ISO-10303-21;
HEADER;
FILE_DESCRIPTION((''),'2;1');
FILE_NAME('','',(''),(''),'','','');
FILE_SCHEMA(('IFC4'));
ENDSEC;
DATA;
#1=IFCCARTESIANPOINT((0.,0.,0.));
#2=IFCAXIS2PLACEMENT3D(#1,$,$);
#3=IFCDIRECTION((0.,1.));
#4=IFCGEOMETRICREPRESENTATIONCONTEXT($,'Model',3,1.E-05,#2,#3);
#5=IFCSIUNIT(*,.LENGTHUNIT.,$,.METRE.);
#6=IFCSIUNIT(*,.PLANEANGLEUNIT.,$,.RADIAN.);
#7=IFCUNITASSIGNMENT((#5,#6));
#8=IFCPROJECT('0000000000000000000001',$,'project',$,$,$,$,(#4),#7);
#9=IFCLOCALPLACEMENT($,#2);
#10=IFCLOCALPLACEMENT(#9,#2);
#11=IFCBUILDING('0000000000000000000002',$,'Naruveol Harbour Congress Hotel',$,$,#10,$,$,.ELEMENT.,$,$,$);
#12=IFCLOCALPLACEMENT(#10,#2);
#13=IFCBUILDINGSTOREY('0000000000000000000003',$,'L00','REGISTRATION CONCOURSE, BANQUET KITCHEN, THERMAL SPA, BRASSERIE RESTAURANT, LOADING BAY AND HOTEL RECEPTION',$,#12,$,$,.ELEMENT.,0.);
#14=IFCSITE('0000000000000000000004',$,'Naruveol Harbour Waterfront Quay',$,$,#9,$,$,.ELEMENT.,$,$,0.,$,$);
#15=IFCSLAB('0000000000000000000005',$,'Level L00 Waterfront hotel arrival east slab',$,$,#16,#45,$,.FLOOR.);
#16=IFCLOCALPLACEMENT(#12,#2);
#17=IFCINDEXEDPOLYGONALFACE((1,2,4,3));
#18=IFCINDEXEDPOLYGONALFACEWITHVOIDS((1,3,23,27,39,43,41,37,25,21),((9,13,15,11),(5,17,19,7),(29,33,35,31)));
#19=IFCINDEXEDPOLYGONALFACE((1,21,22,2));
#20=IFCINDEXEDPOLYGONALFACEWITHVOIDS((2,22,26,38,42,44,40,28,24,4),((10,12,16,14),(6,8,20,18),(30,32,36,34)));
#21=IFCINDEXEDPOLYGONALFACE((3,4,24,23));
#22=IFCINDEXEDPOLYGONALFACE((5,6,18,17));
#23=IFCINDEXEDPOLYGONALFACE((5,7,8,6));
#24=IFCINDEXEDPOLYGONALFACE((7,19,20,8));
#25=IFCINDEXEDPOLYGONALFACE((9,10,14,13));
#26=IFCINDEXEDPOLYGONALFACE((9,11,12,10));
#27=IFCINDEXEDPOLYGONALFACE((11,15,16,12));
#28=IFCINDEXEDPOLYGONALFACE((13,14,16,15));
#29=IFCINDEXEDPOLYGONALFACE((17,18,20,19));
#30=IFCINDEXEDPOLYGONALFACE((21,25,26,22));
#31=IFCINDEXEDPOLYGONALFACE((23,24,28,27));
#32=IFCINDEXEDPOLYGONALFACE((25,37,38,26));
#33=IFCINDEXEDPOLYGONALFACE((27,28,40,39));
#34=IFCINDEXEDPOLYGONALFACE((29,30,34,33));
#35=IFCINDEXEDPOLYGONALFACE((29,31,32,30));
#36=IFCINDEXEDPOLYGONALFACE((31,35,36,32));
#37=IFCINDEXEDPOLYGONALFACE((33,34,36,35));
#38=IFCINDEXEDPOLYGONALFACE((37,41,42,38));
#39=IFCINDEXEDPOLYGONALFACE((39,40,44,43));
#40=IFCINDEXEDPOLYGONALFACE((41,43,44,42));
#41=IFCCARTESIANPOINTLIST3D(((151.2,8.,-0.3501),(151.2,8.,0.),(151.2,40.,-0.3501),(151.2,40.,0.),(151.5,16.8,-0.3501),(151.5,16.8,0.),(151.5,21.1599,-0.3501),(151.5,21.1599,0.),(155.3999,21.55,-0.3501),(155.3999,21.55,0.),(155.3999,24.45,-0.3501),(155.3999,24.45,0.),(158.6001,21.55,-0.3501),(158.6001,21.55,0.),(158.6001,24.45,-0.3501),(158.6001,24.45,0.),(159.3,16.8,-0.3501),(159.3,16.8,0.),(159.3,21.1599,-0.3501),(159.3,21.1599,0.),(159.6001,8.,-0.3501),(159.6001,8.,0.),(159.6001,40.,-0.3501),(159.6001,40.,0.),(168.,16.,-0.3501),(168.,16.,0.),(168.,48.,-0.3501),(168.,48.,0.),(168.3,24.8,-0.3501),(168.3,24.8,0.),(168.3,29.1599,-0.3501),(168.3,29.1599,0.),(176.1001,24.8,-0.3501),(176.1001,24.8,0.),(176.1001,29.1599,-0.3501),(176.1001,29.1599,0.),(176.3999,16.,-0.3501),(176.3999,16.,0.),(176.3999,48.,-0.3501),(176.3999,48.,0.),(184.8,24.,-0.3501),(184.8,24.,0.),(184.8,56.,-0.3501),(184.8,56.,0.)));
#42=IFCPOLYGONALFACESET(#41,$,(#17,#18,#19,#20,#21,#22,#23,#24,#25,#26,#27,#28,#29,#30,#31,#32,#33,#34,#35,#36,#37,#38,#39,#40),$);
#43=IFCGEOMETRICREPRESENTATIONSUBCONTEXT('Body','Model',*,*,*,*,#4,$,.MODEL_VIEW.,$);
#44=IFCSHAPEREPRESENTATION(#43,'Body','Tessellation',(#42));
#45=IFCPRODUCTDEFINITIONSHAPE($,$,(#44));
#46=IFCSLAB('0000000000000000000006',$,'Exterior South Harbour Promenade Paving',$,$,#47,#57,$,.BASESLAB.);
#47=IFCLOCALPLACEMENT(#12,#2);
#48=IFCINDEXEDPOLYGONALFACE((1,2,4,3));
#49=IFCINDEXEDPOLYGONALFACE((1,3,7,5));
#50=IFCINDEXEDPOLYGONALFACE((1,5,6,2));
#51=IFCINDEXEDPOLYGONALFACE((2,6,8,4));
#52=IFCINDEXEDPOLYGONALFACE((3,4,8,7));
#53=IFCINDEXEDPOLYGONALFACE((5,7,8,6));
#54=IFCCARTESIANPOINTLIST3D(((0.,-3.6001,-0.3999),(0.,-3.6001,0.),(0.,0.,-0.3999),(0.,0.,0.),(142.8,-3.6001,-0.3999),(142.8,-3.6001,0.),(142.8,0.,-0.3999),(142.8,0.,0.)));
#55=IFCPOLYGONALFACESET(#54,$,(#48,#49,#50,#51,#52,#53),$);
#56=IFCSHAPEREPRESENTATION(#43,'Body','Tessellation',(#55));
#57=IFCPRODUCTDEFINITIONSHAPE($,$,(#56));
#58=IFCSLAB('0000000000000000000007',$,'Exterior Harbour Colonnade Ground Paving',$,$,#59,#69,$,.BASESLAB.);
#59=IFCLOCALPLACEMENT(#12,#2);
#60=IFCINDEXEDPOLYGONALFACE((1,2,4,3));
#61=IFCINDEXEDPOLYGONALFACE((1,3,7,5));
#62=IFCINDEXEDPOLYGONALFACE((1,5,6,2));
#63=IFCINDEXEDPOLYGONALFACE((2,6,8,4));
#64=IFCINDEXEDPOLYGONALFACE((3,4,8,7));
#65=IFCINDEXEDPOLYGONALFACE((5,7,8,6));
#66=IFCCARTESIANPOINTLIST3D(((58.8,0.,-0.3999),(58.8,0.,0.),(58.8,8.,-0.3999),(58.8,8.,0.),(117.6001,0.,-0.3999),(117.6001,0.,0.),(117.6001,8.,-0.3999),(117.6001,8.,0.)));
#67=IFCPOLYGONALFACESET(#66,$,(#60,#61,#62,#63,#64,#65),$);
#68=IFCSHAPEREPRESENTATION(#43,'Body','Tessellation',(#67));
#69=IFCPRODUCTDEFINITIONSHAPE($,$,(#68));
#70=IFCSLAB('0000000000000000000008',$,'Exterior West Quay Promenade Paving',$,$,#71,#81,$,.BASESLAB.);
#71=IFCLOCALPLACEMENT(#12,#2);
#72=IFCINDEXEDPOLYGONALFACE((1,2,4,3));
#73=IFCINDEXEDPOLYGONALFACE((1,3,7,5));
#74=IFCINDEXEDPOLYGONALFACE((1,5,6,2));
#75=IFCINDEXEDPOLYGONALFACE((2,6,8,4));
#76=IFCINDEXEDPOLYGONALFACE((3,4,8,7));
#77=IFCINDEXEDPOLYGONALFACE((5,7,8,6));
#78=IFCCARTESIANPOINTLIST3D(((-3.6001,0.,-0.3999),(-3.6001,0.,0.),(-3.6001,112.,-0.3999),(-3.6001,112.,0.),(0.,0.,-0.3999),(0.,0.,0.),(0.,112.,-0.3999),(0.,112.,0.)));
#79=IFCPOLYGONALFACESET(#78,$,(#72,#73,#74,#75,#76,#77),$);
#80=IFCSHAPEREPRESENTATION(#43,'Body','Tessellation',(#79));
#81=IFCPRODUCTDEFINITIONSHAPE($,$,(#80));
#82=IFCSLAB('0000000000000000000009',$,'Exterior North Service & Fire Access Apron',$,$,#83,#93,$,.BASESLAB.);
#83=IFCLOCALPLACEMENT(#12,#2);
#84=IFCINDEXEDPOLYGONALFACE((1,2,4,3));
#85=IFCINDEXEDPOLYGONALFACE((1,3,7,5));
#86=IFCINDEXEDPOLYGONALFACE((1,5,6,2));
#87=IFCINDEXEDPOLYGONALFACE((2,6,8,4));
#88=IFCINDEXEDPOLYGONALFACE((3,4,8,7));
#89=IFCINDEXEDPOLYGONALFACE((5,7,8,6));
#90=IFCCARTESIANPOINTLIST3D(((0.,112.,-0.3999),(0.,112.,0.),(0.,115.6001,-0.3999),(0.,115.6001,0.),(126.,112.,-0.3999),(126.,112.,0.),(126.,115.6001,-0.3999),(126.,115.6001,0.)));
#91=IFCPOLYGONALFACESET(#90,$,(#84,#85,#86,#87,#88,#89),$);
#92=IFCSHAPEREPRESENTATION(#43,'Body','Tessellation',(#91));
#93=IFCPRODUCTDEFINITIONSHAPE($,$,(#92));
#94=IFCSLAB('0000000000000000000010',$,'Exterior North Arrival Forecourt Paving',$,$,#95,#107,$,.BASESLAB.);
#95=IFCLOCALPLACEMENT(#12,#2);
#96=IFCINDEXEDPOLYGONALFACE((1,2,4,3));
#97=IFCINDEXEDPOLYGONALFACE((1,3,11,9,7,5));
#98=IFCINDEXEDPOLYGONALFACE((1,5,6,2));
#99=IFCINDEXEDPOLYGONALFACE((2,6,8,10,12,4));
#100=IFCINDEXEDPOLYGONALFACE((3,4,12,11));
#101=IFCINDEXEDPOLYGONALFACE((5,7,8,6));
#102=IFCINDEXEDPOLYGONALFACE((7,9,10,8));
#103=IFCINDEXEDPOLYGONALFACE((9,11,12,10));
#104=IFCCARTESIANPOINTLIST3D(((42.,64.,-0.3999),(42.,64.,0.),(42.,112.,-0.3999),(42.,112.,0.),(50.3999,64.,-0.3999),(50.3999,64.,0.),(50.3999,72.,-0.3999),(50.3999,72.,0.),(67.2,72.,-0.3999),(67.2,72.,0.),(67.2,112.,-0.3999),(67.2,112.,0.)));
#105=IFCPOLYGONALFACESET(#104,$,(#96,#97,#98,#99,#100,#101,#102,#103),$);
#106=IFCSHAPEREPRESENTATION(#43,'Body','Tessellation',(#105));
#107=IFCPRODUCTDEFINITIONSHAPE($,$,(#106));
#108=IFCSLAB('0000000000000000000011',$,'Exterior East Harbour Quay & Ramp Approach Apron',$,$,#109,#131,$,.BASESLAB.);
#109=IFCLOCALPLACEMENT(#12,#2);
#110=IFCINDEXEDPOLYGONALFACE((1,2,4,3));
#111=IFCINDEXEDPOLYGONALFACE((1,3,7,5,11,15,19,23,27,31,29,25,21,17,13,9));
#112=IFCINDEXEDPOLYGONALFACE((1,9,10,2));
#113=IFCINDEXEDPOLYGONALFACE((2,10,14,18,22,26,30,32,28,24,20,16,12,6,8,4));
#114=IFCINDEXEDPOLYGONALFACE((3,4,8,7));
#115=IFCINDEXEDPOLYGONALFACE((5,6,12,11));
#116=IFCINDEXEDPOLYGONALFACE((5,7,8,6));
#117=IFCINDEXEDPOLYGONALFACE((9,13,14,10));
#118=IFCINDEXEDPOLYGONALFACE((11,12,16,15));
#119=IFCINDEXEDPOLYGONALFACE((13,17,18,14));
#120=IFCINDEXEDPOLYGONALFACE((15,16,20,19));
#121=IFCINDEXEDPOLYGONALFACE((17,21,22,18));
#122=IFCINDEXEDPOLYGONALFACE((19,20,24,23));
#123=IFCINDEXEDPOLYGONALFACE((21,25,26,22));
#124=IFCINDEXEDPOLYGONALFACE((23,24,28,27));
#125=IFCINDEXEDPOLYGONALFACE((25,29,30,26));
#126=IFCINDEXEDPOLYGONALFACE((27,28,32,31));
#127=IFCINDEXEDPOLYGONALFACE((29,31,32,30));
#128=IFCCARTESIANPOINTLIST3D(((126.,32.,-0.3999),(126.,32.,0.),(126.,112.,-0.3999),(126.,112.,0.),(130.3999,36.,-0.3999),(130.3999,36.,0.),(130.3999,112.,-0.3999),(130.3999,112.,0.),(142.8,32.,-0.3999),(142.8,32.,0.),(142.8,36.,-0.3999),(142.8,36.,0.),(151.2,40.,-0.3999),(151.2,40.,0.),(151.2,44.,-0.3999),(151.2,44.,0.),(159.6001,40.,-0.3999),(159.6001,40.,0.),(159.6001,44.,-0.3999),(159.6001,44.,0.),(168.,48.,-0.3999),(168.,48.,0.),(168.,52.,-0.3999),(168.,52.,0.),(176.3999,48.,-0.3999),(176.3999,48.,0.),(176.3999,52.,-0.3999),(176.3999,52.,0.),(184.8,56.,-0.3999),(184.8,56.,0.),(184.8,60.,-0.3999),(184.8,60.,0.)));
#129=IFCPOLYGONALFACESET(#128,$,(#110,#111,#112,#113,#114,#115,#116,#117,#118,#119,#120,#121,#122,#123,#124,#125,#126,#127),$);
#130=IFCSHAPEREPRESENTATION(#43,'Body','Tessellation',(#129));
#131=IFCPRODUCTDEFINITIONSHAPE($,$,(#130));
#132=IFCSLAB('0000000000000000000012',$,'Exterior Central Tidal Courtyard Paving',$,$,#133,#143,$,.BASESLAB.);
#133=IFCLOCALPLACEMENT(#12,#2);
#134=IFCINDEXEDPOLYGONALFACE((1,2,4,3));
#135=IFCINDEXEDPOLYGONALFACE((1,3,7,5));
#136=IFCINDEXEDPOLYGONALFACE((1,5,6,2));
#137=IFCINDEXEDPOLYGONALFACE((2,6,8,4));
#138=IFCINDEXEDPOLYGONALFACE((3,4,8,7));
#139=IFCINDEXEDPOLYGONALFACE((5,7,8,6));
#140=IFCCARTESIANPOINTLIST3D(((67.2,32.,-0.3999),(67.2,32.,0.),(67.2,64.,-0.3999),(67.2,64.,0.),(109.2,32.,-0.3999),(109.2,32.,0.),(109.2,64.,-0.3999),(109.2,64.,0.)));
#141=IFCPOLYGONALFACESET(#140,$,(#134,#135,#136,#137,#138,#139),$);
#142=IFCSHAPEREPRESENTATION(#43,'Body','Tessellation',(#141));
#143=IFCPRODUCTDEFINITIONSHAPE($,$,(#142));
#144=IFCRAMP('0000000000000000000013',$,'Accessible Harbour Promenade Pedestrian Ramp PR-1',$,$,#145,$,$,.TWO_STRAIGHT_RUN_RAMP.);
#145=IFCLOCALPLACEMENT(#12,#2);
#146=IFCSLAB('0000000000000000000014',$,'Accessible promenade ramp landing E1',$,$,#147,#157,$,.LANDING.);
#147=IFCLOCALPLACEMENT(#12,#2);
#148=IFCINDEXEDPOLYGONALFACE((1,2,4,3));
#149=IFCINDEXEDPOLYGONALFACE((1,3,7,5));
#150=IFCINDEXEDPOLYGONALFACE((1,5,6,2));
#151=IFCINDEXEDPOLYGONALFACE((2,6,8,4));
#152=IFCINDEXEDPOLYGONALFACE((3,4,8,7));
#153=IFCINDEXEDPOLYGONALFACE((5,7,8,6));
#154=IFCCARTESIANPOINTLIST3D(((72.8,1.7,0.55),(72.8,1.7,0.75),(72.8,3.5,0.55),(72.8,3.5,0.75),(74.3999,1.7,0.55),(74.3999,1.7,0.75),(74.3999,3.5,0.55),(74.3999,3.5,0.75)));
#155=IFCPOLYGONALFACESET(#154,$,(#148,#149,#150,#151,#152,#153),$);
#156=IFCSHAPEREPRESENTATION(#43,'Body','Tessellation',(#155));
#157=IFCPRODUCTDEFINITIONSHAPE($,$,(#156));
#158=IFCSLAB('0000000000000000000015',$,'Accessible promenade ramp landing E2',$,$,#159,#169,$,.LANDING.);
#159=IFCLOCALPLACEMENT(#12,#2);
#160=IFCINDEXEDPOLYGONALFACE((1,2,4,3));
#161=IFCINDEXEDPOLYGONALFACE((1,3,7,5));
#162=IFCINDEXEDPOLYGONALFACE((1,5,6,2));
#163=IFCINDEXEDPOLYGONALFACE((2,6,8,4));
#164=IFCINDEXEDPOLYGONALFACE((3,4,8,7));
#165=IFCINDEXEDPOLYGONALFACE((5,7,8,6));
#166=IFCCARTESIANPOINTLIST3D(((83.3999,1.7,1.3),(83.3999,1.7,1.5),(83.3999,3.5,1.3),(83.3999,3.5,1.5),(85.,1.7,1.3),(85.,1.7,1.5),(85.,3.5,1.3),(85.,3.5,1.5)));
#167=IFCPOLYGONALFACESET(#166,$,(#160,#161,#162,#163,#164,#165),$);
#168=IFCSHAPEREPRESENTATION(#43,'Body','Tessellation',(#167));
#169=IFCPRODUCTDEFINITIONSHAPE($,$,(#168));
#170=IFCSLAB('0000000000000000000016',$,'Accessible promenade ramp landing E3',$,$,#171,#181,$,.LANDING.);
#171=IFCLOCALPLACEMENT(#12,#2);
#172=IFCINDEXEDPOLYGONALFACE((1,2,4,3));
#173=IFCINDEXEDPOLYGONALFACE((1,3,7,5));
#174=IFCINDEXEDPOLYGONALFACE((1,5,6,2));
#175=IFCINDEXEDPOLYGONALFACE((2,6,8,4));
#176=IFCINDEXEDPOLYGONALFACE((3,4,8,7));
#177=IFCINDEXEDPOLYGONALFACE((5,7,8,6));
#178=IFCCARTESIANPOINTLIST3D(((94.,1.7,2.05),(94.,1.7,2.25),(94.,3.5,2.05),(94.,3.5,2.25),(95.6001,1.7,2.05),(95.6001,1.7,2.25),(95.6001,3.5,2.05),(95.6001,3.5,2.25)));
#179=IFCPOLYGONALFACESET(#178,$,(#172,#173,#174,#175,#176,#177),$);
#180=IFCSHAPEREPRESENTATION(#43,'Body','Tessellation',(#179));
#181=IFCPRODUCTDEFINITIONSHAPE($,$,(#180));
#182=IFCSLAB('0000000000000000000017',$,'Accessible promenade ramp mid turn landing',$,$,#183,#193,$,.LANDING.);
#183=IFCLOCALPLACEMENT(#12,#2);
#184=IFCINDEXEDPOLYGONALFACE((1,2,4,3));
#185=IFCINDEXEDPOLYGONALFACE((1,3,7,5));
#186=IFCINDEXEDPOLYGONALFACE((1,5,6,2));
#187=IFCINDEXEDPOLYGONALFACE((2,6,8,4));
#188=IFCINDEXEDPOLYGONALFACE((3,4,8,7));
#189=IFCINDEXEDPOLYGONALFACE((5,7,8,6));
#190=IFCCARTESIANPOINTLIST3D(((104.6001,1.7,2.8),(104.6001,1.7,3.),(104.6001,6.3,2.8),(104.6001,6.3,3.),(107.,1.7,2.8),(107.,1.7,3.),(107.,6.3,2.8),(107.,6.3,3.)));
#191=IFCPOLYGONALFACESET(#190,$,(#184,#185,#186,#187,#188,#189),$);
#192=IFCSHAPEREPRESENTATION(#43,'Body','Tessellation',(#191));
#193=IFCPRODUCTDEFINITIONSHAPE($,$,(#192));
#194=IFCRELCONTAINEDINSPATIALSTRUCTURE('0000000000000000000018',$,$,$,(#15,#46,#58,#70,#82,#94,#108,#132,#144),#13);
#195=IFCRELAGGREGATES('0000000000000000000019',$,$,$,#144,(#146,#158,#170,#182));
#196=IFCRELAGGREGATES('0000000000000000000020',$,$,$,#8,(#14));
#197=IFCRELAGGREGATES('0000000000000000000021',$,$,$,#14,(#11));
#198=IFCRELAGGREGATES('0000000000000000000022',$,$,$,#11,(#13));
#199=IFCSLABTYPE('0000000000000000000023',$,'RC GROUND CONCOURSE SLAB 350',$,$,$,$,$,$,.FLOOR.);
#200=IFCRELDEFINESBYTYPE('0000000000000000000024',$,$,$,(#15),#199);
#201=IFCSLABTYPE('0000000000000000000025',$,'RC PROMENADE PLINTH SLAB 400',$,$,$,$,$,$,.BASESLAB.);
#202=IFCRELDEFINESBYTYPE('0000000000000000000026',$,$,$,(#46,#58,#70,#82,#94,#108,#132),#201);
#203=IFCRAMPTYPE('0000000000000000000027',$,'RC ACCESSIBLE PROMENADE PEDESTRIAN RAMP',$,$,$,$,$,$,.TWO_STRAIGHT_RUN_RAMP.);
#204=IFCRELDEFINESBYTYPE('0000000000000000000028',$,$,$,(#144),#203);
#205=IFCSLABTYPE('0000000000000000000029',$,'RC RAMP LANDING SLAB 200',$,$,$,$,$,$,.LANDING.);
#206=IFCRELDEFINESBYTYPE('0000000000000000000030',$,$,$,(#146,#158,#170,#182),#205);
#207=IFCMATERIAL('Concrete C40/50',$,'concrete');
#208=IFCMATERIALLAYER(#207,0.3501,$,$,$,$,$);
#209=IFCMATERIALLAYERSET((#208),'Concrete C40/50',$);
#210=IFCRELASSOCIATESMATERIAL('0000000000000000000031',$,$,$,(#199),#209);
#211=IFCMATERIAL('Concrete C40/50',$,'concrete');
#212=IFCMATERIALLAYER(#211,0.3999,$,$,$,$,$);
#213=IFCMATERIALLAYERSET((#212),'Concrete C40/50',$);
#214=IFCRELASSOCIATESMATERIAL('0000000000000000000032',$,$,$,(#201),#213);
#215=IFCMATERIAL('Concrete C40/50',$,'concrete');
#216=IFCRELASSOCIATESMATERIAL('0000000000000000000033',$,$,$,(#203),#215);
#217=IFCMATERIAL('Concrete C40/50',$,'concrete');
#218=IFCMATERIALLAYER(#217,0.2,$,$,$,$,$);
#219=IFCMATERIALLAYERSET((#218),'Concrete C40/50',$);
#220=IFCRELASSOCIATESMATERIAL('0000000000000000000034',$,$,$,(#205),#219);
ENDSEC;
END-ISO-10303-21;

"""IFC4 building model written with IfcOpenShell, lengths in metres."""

from ifc_helpers import new_model, si_unit, direction, frame, origin, place, context, subcontext, project, spatial, polyline, outline, extrude, material, layer, layer_set, type_object, element, aggregate, save


model = new_model("IFC4")

# Units and contexts
model_context = context("Model", 3, precision=1e-05, world=origin(), true_north=direction((0.0, 1.0)))
body_context = subcontext(model_context, "Body", "Model", "MODEL_VIEW")
ifc_project = project(units=[si_unit("LENGTHUNIT", "METRE"), si_unit("PLANEANGLEUNIT", "RADIAN")], contexts=[model_context])

# Site, building, storey
site_placement = place(None, origin())
site = spatial("IfcSite", under=ifc_project, at=site_placement, Name="Naruveol Harbour Waterfront Quay", CompositionType="ELEMENT", RefElevation=0.0)
building_placement = place(site_placement, origin())
building = spatial("IfcBuilding", under=site, at=building_placement, Name="Naruveol Harbour Congress Hotel", CompositionType="ELEMENT")
storey_placement = place(building_placement, origin())
storey = spatial("IfcBuildingStorey", under=building, at=storey_placement, Name="L00", Description="REGISTRATION CONCOURSE, BANQUET KITCHEN, THERMAL SPA, BRASSERIE RESTAURANT, LOADING BAY AND HOTEL RECEPTION", CompositionType="ELEMENT", Elevation=0.0)

# Slabs
ifc_material_1 = material(Name="Concrete C40/50", Category="concrete")
ifc_layer_1 = layer(ifc_material_1, 0.3501)
ifc_layer_set_1 = layer_set([ifc_layer_1], Name="Concrete C40/50")
slab_type_1 = type_object("IfcSlabType", Name="RC GROUND CONCOURSE SLAB 350", PredefinedType="FLOOR", material=ifc_layer_set_1)
slab_1_placement = place(storey_placement, frame((0.0, 0.0, -0.3501)))
element("IfcSlab", 1, at=slab_1_placement, inside=storey, type_object=slab_type_1, Name="Level L00 Waterfront hotel arrival east slab", PredefinedType="FLOOR", context=body_context, shape_type="SweptSolid", body=[
    extrude(outline(polyline([(151.2, 8.0), (159.6001, 8.0), (168.0, 16.0), (176.3999, 16.0), (184.8, 24.0), (184.8, 56.0), (176.3999, 48.0), (168.0, 48.0), (159.6001, 40.0), (151.2, 40.0), (151.2, 8.0)]), holes=[polyline([(151.5, 16.8), (159.3, 16.8), (159.3, 21.1599), (151.5, 21.1599), (151.5, 16.8)]), polyline([(168.3, 24.8), (176.1001, 24.8), (176.1001, 29.1599), (168.3, 29.1599), (168.3, 24.8)]), polyline([(155.3999, 21.55), (158.6001, 21.55), (158.6001, 24.45), (155.3999, 24.45), (155.3999, 21.55)])]), origin(), (0.0, 0.0, 1.0), 0.3501),
])
ifc_material_2 = material(Name="Concrete C40/50", Category="concrete")
ifc_layer_2 = layer(ifc_material_2, 0.3999)
ifc_layer_set_2 = layer_set([ifc_layer_2], Name="Concrete C40/50")
slab_type_2 = type_object("IfcSlabType", Name="RC PROMENADE PLINTH SLAB 400", PredefinedType="BASESLAB", material=ifc_layer_set_2)
slab_2_placement = place(storey_placement, frame((0.0, 0.0, -0.3999)))
element("IfcSlab", 2, at=slab_2_placement, inside=storey, type_object=slab_type_2, Name="Exterior South Harbour Promenade Paving", PredefinedType="BASESLAB", context=body_context, shape_type="SweptSolid", body=[
    extrude(outline(polyline([(0.0, -3.6001), (142.8, -3.6001), (142.8, 0.0), (0.0, 0.0), (0.0, -3.6001)])), origin(), (0.0, 0.0, 1.0), 0.3999),
])
slab_3_placement = place(storey_placement, frame((0.0, 0.0, -0.3999)))
element("IfcSlab", 3, at=slab_3_placement, inside=storey, type_object=slab_type_2, Name="Exterior Harbour Colonnade Ground Paving", PredefinedType="BASESLAB", context=body_context, shape_type="SweptSolid", body=[
    extrude(outline(polyline([(58.8, 0.0), (117.6001, 0.0), (117.6001, 8.0), (58.8, 8.0), (58.8, 0.0)])), origin(), (0.0, 0.0, 1.0), 0.3999),
])
slab_4_placement = place(storey_placement, frame((0.0, 0.0, -0.3999)))
element("IfcSlab", 4, at=slab_4_placement, inside=storey, type_object=slab_type_2, Name="Exterior West Quay Promenade Paving", PredefinedType="BASESLAB", context=body_context, shape_type="SweptSolid", body=[
    extrude(outline(polyline([(-3.6001, 0.0), (0.0, 0.0), (0.0, 112.0), (-3.6001, 112.0), (-3.6001, 0.0)])), origin(), (0.0, 0.0, 1.0), 0.3999),
])
slab_5_placement = place(storey_placement, frame((0.0, 0.0, -0.3999)))
element("IfcSlab", 5, at=slab_5_placement, inside=storey, type_object=slab_type_2, Name="Exterior North Service & Fire Access Apron", PredefinedType="BASESLAB", context=body_context, shape_type="SweptSolid", body=[
    extrude(outline(polyline([(0.0, 112.0), (126.0, 112.0), (126.0, 115.6001), (0.0, 115.6001), (0.0, 112.0)])), origin(), (0.0, 0.0, 1.0), 0.3999),
])
slab_6_placement = place(storey_placement, frame((0.0, 0.0, -0.3999)))
element("IfcSlab", 6, at=slab_6_placement, inside=storey, type_object=slab_type_2, Name="Exterior North Arrival Forecourt Paving", PredefinedType="BASESLAB", context=body_context, shape_type="SweptSolid", body=[
    extrude(outline(polyline([(42.0, 64.0), (50.3999, 64.0), (50.3999, 72.0), (67.2, 72.0), (67.2, 112.0), (42.0, 112.0), (42.0, 64.0)])), origin(), (0.0, 0.0, 1.0), 0.3999),
])
slab_7_placement = place(storey_placement, frame((0.0, 0.0, -0.3999)))
element("IfcSlab", 7, at=slab_7_placement, inside=storey, type_object=slab_type_2, Name="Exterior East Harbour Quay & Ramp Approach Apron", PredefinedType="BASESLAB", context=body_context, shape_type="SweptSolid", body=[
    extrude(outline(polyline([(126.0, 32.0), (142.8, 32.0), (151.2, 40.0), (159.6001, 40.0), (168.0, 48.0), (176.3999, 48.0), (184.8, 56.0), (184.8, 60.0), (176.3999, 52.0), (168.0, 52.0), (159.6001, 44.0), (151.2, 44.0), (142.8, 36.0), (130.3999, 36.0), (130.3999, 112.0), (126.0, 112.0), (126.0, 32.0)])), origin(), (0.0, 0.0, 1.0), 0.3999),
])
slab_8_placement = place(storey_placement, frame((0.0, 0.0, -0.3999)))
element("IfcSlab", 8, at=slab_8_placement, inside=storey, type_object=slab_type_2, Name="Exterior Central Tidal Courtyard Paving", PredefinedType="BASESLAB", context=body_context, shape_type="SweptSolid", body=[
    extrude(outline(polyline([(67.2, 32.0), (109.2, 32.0), (109.2, 64.0), (67.2, 64.0), (67.2, 32.0)])), origin(), (0.0, 0.0, 1.0), 0.3999),
])

# Ramp, slabs
ifc_material_3 = material(Name="Concrete C40/50", Category="concrete")
ramp_type = type_object("IfcRampType", Name="RC ACCESSIBLE PROMENADE PEDESTRIAN RAMP", PredefinedType="TWO_STRAIGHT_RUN_RAMP", material=ifc_material_3)
ramp_placement = place(storey_placement, origin())
ramp = element("IfcRamp", 9, at=ramp_placement, inside=storey, type_object=ramp_type, Name="Accessible Harbour Promenade Pedestrian Ramp PR-1", PredefinedType="TWO_STRAIGHT_RUN_RAMP")
ifc_material_4 = material(Name="Concrete C40/50", Category="concrete")
ifc_layer_3 = layer(ifc_material_4, 0.2)
ifc_layer_set_3 = layer_set([ifc_layer_3], Name="Concrete C40/50")
slab_type_3 = type_object("IfcSlabType", Name="RC RAMP LANDING SLAB 200", PredefinedType="LANDING", material=ifc_layer_set_3)
slab_9_placement = place(storey_placement, frame((0.0, 0.0, 0.55)))
slab_9 = element("IfcSlab", 10, at=slab_9_placement, type_object=slab_type_3, Name="Accessible promenade ramp landing E1", PredefinedType="LANDING", context=body_context, shape_type="SweptSolid", body=[
    extrude(outline(polyline([(72.8, 1.7), (74.3999, 1.7), (74.3999, 3.5), (72.8, 3.5), (72.8, 1.7)])), origin(), (0.0, 0.0, 1.0), 0.2),
])
slab_10_placement = place(storey_placement, frame((0.0, 0.0, 1.3)))
slab_10 = element("IfcSlab", 11, at=slab_10_placement, type_object=slab_type_3, Name="Accessible promenade ramp landing E2", PredefinedType="LANDING", context=body_context, shape_type="SweptSolid", body=[
    extrude(outline(polyline([(83.3999, 1.7), (85.0, 1.7), (85.0, 3.5), (83.3999, 3.5), (83.3999, 1.7)])), origin(), (0.0, 0.0, 1.0), 0.2),
])
slab_11_placement = place(storey_placement, frame((0.0, 0.0, 2.05)))
slab_11 = element("IfcSlab", 12, at=slab_11_placement, type_object=slab_type_3, Name="Accessible promenade ramp landing E3", PredefinedType="LANDING", context=body_context, shape_type="SweptSolid", body=[
    extrude(outline(polyline([(94.0, 1.7), (95.6001, 1.7), (95.6001, 3.5), (94.0, 3.5), (94.0, 1.7)])), origin(), (0.0, 0.0, 1.0), 0.2),
])
slab_12_placement = place(storey_placement, frame((0.0, 0.0, 2.8)))
slab_12 = element("IfcSlab", 13, at=slab_12_placement, type_object=slab_type_3, Name="Accessible promenade ramp mid turn landing", PredefinedType="LANDING", context=body_context, shape_type="SweptSolid", body=[
    extrude(outline(polyline([(104.6001, 1.7), (107.0, 1.7), (107.0, 6.3), (104.6001, 6.3), (104.6001, 1.7)])), origin(), (0.0, 0.0, 1.0), 0.2),
])
aggregate(ramp, [slab_9, slab_10, slab_11, slab_12])

save(model, "model.ifc")
